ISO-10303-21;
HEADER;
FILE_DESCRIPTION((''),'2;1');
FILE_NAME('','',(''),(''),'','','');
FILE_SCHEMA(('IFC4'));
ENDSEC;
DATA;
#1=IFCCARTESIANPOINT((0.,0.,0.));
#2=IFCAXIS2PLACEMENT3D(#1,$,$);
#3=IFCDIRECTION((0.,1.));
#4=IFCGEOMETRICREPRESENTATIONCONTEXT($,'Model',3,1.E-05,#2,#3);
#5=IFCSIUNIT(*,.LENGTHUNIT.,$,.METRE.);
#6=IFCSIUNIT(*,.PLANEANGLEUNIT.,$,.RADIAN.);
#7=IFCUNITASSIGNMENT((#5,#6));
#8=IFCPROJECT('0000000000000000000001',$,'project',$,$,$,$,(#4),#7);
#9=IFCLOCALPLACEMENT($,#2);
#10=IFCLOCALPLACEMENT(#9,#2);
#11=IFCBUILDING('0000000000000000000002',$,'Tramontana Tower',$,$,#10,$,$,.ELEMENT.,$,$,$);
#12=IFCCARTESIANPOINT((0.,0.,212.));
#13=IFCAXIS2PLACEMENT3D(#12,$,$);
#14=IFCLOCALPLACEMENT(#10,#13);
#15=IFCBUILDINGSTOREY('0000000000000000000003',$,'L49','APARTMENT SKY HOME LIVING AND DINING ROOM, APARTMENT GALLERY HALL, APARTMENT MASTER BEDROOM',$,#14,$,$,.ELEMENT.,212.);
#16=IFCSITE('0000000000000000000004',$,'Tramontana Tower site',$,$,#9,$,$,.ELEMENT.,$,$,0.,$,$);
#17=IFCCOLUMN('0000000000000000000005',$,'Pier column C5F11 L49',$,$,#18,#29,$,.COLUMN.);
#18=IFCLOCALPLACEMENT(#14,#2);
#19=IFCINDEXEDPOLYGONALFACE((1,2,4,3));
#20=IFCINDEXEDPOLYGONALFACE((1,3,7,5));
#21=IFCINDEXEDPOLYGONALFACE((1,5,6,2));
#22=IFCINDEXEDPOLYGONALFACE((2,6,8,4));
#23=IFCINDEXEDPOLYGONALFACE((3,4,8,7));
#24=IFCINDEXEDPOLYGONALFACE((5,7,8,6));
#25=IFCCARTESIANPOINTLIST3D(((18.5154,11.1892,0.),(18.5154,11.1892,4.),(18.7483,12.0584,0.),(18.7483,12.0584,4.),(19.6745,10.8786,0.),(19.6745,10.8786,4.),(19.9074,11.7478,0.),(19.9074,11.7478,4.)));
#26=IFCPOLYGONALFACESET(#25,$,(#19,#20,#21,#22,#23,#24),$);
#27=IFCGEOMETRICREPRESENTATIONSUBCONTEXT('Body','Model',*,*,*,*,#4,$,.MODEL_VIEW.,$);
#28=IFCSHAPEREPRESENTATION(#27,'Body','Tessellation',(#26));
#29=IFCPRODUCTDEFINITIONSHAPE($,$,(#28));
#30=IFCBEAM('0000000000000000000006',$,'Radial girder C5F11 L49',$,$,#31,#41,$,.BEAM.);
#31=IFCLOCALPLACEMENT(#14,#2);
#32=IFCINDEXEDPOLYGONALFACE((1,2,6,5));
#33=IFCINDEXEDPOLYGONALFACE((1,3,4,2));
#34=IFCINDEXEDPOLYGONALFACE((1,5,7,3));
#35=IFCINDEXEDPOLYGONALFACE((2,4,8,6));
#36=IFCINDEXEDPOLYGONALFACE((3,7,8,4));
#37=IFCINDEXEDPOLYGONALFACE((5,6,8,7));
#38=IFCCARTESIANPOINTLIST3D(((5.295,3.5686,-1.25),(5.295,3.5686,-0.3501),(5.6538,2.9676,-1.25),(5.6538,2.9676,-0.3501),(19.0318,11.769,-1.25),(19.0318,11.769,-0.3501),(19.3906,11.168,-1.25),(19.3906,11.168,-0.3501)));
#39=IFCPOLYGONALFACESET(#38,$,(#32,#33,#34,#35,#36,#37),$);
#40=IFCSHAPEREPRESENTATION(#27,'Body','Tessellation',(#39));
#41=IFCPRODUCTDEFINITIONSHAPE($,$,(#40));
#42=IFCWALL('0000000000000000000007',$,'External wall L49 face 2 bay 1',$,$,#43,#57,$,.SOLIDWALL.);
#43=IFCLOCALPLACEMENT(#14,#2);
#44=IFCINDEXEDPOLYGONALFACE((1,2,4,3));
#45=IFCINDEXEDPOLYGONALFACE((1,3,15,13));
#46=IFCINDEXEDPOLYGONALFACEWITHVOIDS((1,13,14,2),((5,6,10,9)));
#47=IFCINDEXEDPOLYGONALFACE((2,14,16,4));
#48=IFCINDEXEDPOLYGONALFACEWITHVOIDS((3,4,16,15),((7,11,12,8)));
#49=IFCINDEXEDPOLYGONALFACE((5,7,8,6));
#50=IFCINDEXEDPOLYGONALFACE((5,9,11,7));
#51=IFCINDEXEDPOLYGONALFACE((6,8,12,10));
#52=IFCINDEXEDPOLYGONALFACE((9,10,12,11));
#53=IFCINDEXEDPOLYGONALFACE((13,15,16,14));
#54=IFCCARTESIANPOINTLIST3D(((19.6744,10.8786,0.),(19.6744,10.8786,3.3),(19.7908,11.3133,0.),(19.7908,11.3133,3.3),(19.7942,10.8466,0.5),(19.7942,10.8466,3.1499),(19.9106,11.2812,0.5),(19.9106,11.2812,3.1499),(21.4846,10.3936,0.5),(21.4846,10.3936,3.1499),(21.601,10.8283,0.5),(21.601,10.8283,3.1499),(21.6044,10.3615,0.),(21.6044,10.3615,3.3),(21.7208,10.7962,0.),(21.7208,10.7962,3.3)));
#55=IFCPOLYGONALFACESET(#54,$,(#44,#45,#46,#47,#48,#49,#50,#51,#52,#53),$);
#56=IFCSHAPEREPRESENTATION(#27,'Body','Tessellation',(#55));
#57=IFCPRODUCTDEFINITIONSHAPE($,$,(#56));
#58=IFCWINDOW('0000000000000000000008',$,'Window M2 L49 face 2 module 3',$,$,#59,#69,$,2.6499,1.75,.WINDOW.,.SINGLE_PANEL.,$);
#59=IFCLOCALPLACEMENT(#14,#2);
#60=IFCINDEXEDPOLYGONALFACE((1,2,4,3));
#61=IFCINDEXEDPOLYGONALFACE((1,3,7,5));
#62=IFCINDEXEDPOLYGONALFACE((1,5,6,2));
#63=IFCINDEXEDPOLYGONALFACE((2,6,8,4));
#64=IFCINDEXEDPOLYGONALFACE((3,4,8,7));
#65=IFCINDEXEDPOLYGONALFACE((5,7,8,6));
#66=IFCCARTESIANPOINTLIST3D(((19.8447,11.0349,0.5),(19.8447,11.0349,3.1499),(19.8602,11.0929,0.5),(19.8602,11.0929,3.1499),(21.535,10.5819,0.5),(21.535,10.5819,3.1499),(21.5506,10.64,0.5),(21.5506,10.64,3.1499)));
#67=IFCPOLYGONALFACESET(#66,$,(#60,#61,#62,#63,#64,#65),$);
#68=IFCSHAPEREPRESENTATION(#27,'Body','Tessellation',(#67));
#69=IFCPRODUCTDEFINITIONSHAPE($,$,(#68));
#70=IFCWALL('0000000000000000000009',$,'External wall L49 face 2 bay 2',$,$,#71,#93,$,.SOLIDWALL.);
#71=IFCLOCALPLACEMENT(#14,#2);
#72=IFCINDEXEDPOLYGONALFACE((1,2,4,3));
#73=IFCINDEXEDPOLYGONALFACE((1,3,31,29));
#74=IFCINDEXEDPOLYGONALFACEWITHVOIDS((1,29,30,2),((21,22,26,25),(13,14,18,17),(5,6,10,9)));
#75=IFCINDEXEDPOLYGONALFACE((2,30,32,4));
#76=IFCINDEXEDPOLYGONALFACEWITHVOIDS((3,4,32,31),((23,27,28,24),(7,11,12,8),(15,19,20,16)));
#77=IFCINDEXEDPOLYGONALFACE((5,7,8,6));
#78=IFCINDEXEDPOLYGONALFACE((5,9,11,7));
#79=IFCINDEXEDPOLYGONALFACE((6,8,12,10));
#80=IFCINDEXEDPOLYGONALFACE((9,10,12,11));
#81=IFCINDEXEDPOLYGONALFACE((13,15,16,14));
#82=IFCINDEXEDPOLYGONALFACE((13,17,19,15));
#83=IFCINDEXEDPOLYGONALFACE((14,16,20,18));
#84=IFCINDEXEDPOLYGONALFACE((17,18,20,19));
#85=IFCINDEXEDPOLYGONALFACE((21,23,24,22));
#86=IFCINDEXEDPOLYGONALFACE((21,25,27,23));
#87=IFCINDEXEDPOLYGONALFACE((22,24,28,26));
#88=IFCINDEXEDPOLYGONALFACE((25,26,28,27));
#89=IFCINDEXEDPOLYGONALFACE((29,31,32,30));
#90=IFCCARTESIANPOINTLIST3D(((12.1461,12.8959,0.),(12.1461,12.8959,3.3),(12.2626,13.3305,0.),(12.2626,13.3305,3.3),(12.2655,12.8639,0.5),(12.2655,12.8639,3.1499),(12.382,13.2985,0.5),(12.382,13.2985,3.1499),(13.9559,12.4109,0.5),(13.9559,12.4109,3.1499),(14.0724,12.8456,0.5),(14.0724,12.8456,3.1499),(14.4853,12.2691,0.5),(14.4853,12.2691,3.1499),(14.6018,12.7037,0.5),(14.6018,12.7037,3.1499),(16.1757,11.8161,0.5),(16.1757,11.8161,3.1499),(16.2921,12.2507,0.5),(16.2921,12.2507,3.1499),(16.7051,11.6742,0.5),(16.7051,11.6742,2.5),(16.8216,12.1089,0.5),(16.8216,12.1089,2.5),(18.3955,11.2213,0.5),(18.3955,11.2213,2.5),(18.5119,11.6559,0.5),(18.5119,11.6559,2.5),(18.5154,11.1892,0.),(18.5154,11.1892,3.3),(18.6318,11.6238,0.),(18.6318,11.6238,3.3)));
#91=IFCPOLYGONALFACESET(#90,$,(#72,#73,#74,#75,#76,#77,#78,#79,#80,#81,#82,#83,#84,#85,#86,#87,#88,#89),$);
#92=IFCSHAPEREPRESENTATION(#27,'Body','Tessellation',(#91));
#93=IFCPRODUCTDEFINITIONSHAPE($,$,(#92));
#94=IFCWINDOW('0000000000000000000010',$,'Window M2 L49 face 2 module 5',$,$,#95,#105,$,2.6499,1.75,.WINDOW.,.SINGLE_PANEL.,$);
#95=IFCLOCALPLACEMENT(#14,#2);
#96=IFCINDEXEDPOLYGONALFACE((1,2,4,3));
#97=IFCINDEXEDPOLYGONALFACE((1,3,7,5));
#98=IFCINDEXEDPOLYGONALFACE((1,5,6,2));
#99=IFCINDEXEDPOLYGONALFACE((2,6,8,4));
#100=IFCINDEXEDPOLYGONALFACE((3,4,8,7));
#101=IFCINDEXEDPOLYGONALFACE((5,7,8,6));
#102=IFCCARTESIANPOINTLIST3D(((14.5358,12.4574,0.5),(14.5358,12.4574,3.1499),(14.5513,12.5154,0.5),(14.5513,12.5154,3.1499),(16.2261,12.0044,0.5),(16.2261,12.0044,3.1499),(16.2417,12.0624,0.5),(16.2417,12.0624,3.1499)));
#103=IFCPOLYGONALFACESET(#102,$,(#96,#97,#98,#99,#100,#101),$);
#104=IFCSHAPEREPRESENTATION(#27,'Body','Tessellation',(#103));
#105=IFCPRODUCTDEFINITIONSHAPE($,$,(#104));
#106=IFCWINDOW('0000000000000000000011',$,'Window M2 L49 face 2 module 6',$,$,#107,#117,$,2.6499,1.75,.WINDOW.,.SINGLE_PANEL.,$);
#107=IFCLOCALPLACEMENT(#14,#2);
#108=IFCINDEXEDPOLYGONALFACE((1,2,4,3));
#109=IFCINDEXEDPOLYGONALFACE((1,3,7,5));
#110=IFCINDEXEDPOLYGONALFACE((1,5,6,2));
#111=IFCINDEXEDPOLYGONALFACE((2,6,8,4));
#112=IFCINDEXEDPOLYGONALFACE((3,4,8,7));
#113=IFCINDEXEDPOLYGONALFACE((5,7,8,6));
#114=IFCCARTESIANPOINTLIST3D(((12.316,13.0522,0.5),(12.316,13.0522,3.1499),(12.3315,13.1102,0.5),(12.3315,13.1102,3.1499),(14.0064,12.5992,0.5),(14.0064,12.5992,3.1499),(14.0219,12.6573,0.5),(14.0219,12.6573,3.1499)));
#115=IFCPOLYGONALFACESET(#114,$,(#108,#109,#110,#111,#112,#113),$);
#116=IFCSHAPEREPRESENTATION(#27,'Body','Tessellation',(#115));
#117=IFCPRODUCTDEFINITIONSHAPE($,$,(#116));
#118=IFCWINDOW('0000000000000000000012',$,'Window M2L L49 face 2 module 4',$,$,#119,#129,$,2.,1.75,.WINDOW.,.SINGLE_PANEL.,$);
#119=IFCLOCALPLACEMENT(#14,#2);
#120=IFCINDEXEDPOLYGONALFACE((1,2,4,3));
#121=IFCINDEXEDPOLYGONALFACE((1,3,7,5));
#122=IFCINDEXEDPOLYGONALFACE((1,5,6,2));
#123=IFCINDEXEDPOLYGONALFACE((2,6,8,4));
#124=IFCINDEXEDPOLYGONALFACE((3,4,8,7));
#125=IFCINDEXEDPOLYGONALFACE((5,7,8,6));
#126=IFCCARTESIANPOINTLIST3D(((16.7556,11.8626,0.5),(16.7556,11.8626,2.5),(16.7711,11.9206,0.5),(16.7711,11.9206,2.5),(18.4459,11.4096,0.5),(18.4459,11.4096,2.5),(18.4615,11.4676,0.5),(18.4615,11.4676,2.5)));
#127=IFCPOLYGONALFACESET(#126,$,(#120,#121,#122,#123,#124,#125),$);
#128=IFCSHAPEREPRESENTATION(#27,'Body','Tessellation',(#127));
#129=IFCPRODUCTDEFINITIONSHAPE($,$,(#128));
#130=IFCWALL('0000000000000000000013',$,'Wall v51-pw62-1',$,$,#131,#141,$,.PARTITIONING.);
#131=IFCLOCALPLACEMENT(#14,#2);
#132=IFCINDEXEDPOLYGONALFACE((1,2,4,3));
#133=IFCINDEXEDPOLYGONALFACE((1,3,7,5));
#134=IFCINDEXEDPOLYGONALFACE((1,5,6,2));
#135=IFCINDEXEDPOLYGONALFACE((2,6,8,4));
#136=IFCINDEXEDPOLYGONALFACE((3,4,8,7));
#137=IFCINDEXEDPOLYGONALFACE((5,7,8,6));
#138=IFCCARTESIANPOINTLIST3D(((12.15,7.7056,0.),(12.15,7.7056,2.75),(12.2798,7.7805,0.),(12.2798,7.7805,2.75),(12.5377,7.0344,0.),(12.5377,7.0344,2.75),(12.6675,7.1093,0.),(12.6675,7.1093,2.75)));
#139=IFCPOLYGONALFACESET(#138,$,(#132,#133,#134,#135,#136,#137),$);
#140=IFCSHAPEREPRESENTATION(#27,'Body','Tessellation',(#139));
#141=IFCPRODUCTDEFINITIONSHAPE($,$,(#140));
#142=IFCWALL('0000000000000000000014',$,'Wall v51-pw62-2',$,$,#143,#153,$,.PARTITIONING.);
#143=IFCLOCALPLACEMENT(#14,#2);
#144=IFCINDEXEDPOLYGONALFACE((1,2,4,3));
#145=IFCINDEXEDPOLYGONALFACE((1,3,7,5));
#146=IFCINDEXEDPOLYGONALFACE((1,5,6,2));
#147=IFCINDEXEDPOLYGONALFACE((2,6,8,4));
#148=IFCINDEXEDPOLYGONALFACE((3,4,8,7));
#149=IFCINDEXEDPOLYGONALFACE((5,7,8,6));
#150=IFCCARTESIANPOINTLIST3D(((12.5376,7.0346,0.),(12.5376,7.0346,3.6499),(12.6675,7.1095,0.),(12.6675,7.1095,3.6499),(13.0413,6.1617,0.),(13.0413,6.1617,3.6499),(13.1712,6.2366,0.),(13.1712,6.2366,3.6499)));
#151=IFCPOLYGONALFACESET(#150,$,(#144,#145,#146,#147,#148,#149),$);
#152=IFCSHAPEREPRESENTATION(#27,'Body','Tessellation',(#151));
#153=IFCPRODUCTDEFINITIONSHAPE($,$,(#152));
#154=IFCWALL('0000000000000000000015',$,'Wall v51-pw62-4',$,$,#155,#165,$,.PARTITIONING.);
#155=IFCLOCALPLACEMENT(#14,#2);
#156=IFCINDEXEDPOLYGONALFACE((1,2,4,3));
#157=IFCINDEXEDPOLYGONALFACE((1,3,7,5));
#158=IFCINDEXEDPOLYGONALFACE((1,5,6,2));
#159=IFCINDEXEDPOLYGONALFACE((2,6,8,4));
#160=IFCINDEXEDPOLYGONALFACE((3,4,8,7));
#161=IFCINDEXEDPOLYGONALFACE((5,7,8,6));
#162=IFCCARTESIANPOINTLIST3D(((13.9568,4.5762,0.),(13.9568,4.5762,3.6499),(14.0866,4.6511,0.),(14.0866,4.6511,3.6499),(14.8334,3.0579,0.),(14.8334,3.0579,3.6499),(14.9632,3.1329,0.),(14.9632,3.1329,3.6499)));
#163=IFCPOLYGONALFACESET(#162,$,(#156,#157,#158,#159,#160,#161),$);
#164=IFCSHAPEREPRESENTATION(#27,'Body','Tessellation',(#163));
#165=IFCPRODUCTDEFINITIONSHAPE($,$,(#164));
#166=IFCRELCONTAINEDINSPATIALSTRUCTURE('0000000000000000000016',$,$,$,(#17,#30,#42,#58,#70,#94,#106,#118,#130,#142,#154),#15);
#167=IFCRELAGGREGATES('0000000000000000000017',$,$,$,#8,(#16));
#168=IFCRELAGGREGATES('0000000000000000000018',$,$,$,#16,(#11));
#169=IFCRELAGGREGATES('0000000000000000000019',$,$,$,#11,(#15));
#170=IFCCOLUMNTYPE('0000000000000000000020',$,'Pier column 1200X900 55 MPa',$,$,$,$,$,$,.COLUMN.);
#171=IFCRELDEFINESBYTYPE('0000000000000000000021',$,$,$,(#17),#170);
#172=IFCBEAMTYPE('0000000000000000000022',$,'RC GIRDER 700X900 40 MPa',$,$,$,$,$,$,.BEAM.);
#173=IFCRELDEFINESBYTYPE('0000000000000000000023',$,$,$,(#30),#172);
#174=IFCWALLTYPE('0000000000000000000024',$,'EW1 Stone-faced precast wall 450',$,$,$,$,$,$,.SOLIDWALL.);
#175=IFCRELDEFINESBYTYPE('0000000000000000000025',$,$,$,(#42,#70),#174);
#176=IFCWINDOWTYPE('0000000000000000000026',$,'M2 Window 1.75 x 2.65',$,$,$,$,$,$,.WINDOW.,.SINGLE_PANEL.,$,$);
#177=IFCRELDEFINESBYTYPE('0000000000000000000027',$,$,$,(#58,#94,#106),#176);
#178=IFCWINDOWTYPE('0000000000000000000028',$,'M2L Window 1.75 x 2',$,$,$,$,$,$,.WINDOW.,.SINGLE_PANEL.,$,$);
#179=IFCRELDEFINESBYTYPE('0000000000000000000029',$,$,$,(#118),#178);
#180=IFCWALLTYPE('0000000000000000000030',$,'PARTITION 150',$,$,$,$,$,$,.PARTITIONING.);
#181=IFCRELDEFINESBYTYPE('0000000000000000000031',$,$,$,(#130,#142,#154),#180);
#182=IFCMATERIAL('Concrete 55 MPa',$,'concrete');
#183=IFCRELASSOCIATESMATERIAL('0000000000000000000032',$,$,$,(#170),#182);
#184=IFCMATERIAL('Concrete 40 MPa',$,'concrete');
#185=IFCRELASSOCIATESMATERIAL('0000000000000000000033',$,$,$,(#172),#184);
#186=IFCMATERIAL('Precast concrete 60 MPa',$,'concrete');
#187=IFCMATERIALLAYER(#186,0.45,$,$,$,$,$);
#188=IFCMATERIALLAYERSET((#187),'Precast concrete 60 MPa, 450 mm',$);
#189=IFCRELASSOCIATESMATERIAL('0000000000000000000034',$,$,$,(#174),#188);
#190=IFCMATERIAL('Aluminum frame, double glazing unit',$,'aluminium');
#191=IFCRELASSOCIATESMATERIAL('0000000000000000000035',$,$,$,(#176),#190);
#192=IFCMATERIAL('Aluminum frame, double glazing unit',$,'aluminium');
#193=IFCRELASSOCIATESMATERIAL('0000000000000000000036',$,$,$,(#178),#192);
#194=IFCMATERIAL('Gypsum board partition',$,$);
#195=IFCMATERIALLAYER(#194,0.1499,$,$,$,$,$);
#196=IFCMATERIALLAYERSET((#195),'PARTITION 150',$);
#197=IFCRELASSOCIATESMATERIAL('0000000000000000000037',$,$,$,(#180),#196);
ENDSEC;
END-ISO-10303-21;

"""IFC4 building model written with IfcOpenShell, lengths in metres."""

from ifc_helpers import new_model, si_unit, direction, frame, frame_2d, origin, origin_2d, place, context, subcontext, project, spatial, rectangle, extrude, material, layer, layer_set, material_profile, profile_set, type_object, element, fill, save


model = new_model("IFC4")

# Units and contexts
model_context = context("Model", 3, precision=1e-05, world=origin(), true_north=direction((0.0, 1.0)))
body_context = subcontext(model_context, "Body", "Model", "MODEL_VIEW")
ifc_project = project(units=[si_unit("LENGTHUNIT", "METRE"), si_unit("PLANEANGLEUNIT", "RADIAN")], contexts=[model_context])

# Site, building, storey
site_placement = place(None, origin())
site = spatial("IfcSite", under=ifc_project, at=site_placement, Name="Tramontana Tower site", CompositionType="ELEMENT", RefElevation=0.0)
building_placement = place(site_placement, origin())
building = spatial("IfcBuilding", under=site, at=building_placement, Name="Tramontana Tower", CompositionType="ELEMENT")
storey_placement = place(building_placement, frame((0.0, 0.0, 212.0)))
storey = spatial("IfcBuildingStorey", under=building, at=storey_placement, Name="L49", Description="APARTMENT SKY HOME LIVING AND DINING ROOM, APARTMENT GALLERY HALL, APARTMENT MASTER BEDROOM", CompositionType="ELEMENT", Elevation=212.0)

# Column
ifc_material_1 = material(Name="Concrete 55 MPa", Category="concrete")
ifc_material_profile_1 = material_profile(ifc_material_1, rectangle(XDim=1.2, YDim=0.8999, at=origin_2d()), Name="Pier column 1200X900 55 MPa")
ifc_profile_set_1 = profile_set([ifc_material_profile_1], Name="Concrete 55 MPa")
column_type = type_object("IfcColumnType", Name="Pier column 1200X900 55 MPa", PredefinedType="COLUMN", material=ifc_profile_set_1)
column_placement = place(storey_placement, frame((19.2114, 11.4685, 0.0), z_axis=(0.0, 0.0, 1.0), x_axis=(-0.965926, 0.258819, 0.0)))
element("IfcColumn", 1, at=column_placement, inside=storey, type_object=column_type, Name="Pier column C5F11 L49", PredefinedType="COLUMN", context=body_context, shape_type="SweptSolid", body=[
    extrude(rectangle(XDim=1.2, YDim=0.8999, at=origin_2d()), origin(), (0.0, 0.0, 1.0), 4.0),
])

# Beam
ifc_material_2 = material(Name="Concrete 40 MPa", Category="concrete")
ifc_material_profile_2 = material_profile(ifc_material_2, rectangle(XDim=0.7, YDim=0.8999, at=origin_2d()), Name="RC GIRDER 700X900 40 MPa")
ifc_profile_set_2 = profile_set([ifc_material_profile_2], Name="Concrete 40 MPa")
beam_type = type_object("IfcBeamType", Name="RC GIRDER 700X900 40 MPa", PredefinedType="BEAM", material=ifc_profile_set_2)
beam_placement = place(storey_placement, frame((19.2112, 11.4685, -0.8), z_axis=(-0.858639, -0.51258, 0.0), x_axis=(0.51258, -0.858639, 0.0)))
element("IfcBeam", 2, at=beam_placement, inside=storey, type_object=beam_type, Name="Radial girder C5F11 L49", PredefinedType="BEAM", context=body_context, shape_type="SweptSolid", body=[
    extrude(rectangle(XDim=0.7, YDim=0.8999, at=origin_2d()), origin(), (0.0, 0.0, 1.0), 15.9983),
])

# Wall, opening, window
ifc_material_3 = material(Name="Precast concrete 60 MPa", Category="concrete")
ifc_layer_1 = layer(ifc_material_3, 0.45)
ifc_layer_set_1 = layer_set([ifc_layer_1], Name="Precast concrete 60 MPa, 450 mm")
wall_type_1 = type_object("IfcWallType", Name="EW1 Stone-faced precast wall 450", PredefinedType="SOLIDWALL", material=ifc_layer_set_1)
wall_1_placement = place(storey_placement, frame((21.6626, 10.5789, 0.0), z_axis=(0.0, 0.0, 1.0), x_axis=(-0.96593, 0.258803, 0.0)))
wall_1 = element("IfcWall", 3, at=wall_1_placement, inside=storey, type_object=wall_type_1, Name="External wall L49 face 2 bay 1", PredefinedType="SOLIDWALL", context=body_context, shape_type="SweptSolid", body=[
    extrude(rectangle(XDim=1.998, YDim=0.45, at=frame_2d((0.999, 0.0))), origin(), (0.0, 0.0, 1.0), 3.3),
])
opening_1_placement = place(wall_1_placement, frame((0.124, 0.0, 0.5)))
opening_1 = element("IfcOpeningElement", 4, at=opening_1_placement, cuts=wall_1, PredefinedType="OPENING", context=body_context, shape_type="SweptSolid", body=[
    extrude(rectangle(XDim=1.75, YDim=2.6499, at=frame_2d((0.875, 1.325))), frame((0.0, 0.2349, 0.0), z_axis=(0.0, -1.0, 0.0), x_axis=(1.0, 0.0, 0.0)), (0.0, 0.0, 1.0), 0.47),
])
ifc_material_4 = material(Name="Aluminum frame, double glazing unit", Category="aluminium")
window_type_1 = type_object("IfcWindowType", Name="M2 Window 1.75 x 2.65", PartitioningType="SINGLE_PANEL", PredefinedType="WINDOW", material=ifc_material_4)
window_1_placement = place(opening_1_placement, origin())
window_1 = element("IfcWindow", 5, at=window_1_placement, inside=storey, type_object=window_type_1, Name="Window M2 L49 face 2 module 3", OverallHeight=2.6499, OverallWidth=1.75, PartitioningType="SINGLE_PANEL", PredefinedType="WINDOW", context=body_context, shape_type="SweptSolid", body=[
    extrude(rectangle(XDim=1.75, YDim=2.6499, at=frame_2d((0.875, 1.325))), frame((0.0, 0.03, 0.0), z_axis=(0.0, -1.0, 0.0), x_axis=(1.0, 0.0, 0.0)), (0.0, 0.0, 1.0), 0.0601),
])
fill(opening_1, window_1)

# Wall, openings, windows
wall_2_placement = place(storey_placement, frame((18.5735, 11.4065, 0.0), z_axis=(0.0, 0.0, 1.0), x_axis=(-0.965921, 0.258835, 0.0)))
wall_2 = element("IfcWall", 6, at=wall_2_placement, inside=storey, type_object=wall_type_1, Name="External wall L49 face 2 bay 2", PredefinedType="SOLIDWALL", context=body_context, shape_type="SweptSolid", body=[
    extrude(rectangle(XDim=6.594, YDim=0.45, at=frame_2d((3.2969, 0.0))), origin(), (0.0, 0.0, 1.0), 3.3),
])
opening_2_placement = place(wall_2_placement, frame((0.124, 0.0, 0.5)))
opening_2 = element("IfcOpeningElement", 7, at=opening_2_placement, cuts=wall_2, PredefinedType="OPENING", context=body_context, shape_type="SweptSolid", body=[
    extrude(rectangle(XDim=1.75, YDim=2.0, at=frame_2d((0.875, 1.0))), frame((0.0, 0.2349, 0.0), z_axis=(0.0, -1.0, 0.0), x_axis=(1.0, 0.0, 0.0)), (0.0, 0.0, 1.0), 0.47),
])
opening_3_placement = place(wall_2_placement, frame((2.4221, 0.0, 0.5)))
opening_3 = element("IfcOpeningElement", 8, at=opening_3_placement, cuts=wall_2, PredefinedType="OPENING", context=body_context, shape_type="SweptSolid", body=[
    extrude(rectangle(XDim=1.75, YDim=2.6499, at=frame_2d((0.875, 1.325))), frame((0.0, 0.2349, 0.0), z_axis=(0.0, -1.0, 0.0), x_axis=(1.0, 0.0, 0.0)), (0.0, 0.0, 1.0), 0.47),
])
opening_4_placement = place(wall_2_placement, frame((4.7202, 0.0, 0.5)))
opening_4 = element("IfcOpeningElement", 9, at=opening_4_placement, cuts=wall_2, PredefinedType="OPENING", context=body_context, shape_type="SweptSolid", body=[
    extrude(rectangle(XDim=1.75, YDim=2.6499, at=frame_2d((0.875, 1.325))), frame((0.0, 0.2349, 0.0), z_axis=(0.0, -1.0, 0.0), x_axis=(1.0, 0.0, 0.0)), (0.0, 0.0, 1.0), 0.47),
])
window_2_placement = place(opening_3_placement, origin())
window_2 = element("IfcWindow", 10, at=window_2_placement, inside=storey, type_object=window_type_1, Name="Window M2 L49 face 2 module 5", OverallHeight=2.6499, OverallWidth=1.75, PartitioningType="SINGLE_PANEL", PredefinedType="WINDOW", context=body_context, shape_type="SweptSolid", body=[
    extrude(rectangle(XDim=1.75, YDim=2.6499, at=frame_2d((0.875, 1.325))), frame((0.0, 0.03, 0.0), z_axis=(0.0, -1.0, 0.0), x_axis=(1.0, 0.0, 0.0)), (0.0, 0.0, 1.0), 0.0601),
])
fill(opening_3, window_2)
window_3_placement = place(opening_4_placement, origin())
window_3 = element("IfcWindow", 11, at=window_3_placement, inside=storey, type_object=window_type_1, Name="Window M2 L49 face 2 module 6", OverallHeight=2.6499, OverallWidth=1.75, PartitioningType="SINGLE_PANEL", PredefinedType="WINDOW", context=body_context, shape_type="SweptSolid", body=[
    extrude(rectangle(XDim=1.75, YDim=2.6499, at=frame_2d((0.875, 1.325))), frame((0.0, 0.03, 0.0), z_axis=(0.0, -1.0, 0.0), x_axis=(1.0, 0.0, 0.0)), (0.0, 0.0, 1.0), 0.0601),
])
fill(opening_4, window_3)
ifc_material_5 = material(Name="Aluminum frame, double glazing unit", Category="aluminium")
window_type_2 = type_object("IfcWindowType", Name="M2L Window 1.75 x 2", PartitioningType="SINGLE_PANEL", PredefinedType="WINDOW", material=ifc_material_5)
window_4_placement = place(opening_2_placement, origin())
window_4 = element("IfcWindow", 12, at=window_4_placement, inside=storey, type_object=window_type_2, Name="Window M2L L49 face 2 module 4", OverallHeight=2.0, OverallWidth=1.75, PartitioningType="SINGLE_PANEL", PredefinedType="WINDOW", context=body_context, shape_type="SweptSolid", body=[
    extrude(rectangle(XDim=1.75, YDim=2.0, at=frame_2d((0.875, 1.0))), frame((0.0, 0.03, 0.0), z_axis=(0.0, -1.0, 0.0), x_axis=(1.0, 0.0, 0.0)), (0.0, 0.0, 1.0), 0.0601),
])
fill(opening_2, window_4)

# Walls
ifc_material_6 = material(Name="Gypsum board partition")
ifc_layer_2 = layer(ifc_material_6, 0.1499)
ifc_layer_set_2 = layer_set([ifc_layer_2], Name="PARTITION 150")
wall_type_2 = type_object("IfcWallType", Name="PARTITION 150", PredefinedType="PARTITIONING", material=ifc_layer_set_2)
wall_3_placement = place(storey_placement, frame((12.2148, 7.7432, 0.0), z_axis=(0.0, 0.0, 1.0), x_axis=(0.500204, -0.865908, 0.0)))
element("IfcWall", 13, at=wall_3_placement, inside=storey, type_object=wall_type_2, Name="Wall v51-pw62-1", PredefinedType="PARTITIONING", context=body_context, shape_type="SweptSolid", body=[
    extrude(rectangle(XDim=0.7751, YDim=0.1499, at=frame_2d((0.3877, 0.0))), origin(), (0.0, 0.0, 1.0), 2.75),
])
wall_4_placement = place(storey_placement, frame((12.6025, 7.072, 0.0), z_axis=(0.0, 0.0, 1.0), x_axis=(0.499813, -0.866133, 0.0)))
element("IfcWall", 14, at=wall_4_placement, inside=storey, type_object=wall_type_2, Name="Wall v51-pw62-2", PredefinedType="PARTITIONING", context=body_context, shape_type="SweptSolid", body=[
    extrude(rectangle(XDim=1.0078, YDim=0.1499, at=frame_2d((0.5039, 0.0))), origin(), (0.0, 0.0, 1.0), 3.6499),
])

# Wall
wall_5_placement = place(storey_placement, frame((14.0217, 4.6135, 0.0), z_axis=(0.0, 0.0, 1.0), x_axis=(0.500048, -0.865998, 0.0)))
element("IfcWall", 15, at=wall_5_placement, inside=storey, type_object=wall_type_2, Name="Wall v51-pw62-4", PredefinedType="PARTITIONING", context=body_context, shape_type="SweptSolid", body=[
    extrude(rectangle(XDim=1.7532, YDim=0.1499, at=frame_2d((0.8765, 0.0))), origin(), (0.0, 0.0, 1.0), 3.6499),
])

save(model, "model.ifc")
